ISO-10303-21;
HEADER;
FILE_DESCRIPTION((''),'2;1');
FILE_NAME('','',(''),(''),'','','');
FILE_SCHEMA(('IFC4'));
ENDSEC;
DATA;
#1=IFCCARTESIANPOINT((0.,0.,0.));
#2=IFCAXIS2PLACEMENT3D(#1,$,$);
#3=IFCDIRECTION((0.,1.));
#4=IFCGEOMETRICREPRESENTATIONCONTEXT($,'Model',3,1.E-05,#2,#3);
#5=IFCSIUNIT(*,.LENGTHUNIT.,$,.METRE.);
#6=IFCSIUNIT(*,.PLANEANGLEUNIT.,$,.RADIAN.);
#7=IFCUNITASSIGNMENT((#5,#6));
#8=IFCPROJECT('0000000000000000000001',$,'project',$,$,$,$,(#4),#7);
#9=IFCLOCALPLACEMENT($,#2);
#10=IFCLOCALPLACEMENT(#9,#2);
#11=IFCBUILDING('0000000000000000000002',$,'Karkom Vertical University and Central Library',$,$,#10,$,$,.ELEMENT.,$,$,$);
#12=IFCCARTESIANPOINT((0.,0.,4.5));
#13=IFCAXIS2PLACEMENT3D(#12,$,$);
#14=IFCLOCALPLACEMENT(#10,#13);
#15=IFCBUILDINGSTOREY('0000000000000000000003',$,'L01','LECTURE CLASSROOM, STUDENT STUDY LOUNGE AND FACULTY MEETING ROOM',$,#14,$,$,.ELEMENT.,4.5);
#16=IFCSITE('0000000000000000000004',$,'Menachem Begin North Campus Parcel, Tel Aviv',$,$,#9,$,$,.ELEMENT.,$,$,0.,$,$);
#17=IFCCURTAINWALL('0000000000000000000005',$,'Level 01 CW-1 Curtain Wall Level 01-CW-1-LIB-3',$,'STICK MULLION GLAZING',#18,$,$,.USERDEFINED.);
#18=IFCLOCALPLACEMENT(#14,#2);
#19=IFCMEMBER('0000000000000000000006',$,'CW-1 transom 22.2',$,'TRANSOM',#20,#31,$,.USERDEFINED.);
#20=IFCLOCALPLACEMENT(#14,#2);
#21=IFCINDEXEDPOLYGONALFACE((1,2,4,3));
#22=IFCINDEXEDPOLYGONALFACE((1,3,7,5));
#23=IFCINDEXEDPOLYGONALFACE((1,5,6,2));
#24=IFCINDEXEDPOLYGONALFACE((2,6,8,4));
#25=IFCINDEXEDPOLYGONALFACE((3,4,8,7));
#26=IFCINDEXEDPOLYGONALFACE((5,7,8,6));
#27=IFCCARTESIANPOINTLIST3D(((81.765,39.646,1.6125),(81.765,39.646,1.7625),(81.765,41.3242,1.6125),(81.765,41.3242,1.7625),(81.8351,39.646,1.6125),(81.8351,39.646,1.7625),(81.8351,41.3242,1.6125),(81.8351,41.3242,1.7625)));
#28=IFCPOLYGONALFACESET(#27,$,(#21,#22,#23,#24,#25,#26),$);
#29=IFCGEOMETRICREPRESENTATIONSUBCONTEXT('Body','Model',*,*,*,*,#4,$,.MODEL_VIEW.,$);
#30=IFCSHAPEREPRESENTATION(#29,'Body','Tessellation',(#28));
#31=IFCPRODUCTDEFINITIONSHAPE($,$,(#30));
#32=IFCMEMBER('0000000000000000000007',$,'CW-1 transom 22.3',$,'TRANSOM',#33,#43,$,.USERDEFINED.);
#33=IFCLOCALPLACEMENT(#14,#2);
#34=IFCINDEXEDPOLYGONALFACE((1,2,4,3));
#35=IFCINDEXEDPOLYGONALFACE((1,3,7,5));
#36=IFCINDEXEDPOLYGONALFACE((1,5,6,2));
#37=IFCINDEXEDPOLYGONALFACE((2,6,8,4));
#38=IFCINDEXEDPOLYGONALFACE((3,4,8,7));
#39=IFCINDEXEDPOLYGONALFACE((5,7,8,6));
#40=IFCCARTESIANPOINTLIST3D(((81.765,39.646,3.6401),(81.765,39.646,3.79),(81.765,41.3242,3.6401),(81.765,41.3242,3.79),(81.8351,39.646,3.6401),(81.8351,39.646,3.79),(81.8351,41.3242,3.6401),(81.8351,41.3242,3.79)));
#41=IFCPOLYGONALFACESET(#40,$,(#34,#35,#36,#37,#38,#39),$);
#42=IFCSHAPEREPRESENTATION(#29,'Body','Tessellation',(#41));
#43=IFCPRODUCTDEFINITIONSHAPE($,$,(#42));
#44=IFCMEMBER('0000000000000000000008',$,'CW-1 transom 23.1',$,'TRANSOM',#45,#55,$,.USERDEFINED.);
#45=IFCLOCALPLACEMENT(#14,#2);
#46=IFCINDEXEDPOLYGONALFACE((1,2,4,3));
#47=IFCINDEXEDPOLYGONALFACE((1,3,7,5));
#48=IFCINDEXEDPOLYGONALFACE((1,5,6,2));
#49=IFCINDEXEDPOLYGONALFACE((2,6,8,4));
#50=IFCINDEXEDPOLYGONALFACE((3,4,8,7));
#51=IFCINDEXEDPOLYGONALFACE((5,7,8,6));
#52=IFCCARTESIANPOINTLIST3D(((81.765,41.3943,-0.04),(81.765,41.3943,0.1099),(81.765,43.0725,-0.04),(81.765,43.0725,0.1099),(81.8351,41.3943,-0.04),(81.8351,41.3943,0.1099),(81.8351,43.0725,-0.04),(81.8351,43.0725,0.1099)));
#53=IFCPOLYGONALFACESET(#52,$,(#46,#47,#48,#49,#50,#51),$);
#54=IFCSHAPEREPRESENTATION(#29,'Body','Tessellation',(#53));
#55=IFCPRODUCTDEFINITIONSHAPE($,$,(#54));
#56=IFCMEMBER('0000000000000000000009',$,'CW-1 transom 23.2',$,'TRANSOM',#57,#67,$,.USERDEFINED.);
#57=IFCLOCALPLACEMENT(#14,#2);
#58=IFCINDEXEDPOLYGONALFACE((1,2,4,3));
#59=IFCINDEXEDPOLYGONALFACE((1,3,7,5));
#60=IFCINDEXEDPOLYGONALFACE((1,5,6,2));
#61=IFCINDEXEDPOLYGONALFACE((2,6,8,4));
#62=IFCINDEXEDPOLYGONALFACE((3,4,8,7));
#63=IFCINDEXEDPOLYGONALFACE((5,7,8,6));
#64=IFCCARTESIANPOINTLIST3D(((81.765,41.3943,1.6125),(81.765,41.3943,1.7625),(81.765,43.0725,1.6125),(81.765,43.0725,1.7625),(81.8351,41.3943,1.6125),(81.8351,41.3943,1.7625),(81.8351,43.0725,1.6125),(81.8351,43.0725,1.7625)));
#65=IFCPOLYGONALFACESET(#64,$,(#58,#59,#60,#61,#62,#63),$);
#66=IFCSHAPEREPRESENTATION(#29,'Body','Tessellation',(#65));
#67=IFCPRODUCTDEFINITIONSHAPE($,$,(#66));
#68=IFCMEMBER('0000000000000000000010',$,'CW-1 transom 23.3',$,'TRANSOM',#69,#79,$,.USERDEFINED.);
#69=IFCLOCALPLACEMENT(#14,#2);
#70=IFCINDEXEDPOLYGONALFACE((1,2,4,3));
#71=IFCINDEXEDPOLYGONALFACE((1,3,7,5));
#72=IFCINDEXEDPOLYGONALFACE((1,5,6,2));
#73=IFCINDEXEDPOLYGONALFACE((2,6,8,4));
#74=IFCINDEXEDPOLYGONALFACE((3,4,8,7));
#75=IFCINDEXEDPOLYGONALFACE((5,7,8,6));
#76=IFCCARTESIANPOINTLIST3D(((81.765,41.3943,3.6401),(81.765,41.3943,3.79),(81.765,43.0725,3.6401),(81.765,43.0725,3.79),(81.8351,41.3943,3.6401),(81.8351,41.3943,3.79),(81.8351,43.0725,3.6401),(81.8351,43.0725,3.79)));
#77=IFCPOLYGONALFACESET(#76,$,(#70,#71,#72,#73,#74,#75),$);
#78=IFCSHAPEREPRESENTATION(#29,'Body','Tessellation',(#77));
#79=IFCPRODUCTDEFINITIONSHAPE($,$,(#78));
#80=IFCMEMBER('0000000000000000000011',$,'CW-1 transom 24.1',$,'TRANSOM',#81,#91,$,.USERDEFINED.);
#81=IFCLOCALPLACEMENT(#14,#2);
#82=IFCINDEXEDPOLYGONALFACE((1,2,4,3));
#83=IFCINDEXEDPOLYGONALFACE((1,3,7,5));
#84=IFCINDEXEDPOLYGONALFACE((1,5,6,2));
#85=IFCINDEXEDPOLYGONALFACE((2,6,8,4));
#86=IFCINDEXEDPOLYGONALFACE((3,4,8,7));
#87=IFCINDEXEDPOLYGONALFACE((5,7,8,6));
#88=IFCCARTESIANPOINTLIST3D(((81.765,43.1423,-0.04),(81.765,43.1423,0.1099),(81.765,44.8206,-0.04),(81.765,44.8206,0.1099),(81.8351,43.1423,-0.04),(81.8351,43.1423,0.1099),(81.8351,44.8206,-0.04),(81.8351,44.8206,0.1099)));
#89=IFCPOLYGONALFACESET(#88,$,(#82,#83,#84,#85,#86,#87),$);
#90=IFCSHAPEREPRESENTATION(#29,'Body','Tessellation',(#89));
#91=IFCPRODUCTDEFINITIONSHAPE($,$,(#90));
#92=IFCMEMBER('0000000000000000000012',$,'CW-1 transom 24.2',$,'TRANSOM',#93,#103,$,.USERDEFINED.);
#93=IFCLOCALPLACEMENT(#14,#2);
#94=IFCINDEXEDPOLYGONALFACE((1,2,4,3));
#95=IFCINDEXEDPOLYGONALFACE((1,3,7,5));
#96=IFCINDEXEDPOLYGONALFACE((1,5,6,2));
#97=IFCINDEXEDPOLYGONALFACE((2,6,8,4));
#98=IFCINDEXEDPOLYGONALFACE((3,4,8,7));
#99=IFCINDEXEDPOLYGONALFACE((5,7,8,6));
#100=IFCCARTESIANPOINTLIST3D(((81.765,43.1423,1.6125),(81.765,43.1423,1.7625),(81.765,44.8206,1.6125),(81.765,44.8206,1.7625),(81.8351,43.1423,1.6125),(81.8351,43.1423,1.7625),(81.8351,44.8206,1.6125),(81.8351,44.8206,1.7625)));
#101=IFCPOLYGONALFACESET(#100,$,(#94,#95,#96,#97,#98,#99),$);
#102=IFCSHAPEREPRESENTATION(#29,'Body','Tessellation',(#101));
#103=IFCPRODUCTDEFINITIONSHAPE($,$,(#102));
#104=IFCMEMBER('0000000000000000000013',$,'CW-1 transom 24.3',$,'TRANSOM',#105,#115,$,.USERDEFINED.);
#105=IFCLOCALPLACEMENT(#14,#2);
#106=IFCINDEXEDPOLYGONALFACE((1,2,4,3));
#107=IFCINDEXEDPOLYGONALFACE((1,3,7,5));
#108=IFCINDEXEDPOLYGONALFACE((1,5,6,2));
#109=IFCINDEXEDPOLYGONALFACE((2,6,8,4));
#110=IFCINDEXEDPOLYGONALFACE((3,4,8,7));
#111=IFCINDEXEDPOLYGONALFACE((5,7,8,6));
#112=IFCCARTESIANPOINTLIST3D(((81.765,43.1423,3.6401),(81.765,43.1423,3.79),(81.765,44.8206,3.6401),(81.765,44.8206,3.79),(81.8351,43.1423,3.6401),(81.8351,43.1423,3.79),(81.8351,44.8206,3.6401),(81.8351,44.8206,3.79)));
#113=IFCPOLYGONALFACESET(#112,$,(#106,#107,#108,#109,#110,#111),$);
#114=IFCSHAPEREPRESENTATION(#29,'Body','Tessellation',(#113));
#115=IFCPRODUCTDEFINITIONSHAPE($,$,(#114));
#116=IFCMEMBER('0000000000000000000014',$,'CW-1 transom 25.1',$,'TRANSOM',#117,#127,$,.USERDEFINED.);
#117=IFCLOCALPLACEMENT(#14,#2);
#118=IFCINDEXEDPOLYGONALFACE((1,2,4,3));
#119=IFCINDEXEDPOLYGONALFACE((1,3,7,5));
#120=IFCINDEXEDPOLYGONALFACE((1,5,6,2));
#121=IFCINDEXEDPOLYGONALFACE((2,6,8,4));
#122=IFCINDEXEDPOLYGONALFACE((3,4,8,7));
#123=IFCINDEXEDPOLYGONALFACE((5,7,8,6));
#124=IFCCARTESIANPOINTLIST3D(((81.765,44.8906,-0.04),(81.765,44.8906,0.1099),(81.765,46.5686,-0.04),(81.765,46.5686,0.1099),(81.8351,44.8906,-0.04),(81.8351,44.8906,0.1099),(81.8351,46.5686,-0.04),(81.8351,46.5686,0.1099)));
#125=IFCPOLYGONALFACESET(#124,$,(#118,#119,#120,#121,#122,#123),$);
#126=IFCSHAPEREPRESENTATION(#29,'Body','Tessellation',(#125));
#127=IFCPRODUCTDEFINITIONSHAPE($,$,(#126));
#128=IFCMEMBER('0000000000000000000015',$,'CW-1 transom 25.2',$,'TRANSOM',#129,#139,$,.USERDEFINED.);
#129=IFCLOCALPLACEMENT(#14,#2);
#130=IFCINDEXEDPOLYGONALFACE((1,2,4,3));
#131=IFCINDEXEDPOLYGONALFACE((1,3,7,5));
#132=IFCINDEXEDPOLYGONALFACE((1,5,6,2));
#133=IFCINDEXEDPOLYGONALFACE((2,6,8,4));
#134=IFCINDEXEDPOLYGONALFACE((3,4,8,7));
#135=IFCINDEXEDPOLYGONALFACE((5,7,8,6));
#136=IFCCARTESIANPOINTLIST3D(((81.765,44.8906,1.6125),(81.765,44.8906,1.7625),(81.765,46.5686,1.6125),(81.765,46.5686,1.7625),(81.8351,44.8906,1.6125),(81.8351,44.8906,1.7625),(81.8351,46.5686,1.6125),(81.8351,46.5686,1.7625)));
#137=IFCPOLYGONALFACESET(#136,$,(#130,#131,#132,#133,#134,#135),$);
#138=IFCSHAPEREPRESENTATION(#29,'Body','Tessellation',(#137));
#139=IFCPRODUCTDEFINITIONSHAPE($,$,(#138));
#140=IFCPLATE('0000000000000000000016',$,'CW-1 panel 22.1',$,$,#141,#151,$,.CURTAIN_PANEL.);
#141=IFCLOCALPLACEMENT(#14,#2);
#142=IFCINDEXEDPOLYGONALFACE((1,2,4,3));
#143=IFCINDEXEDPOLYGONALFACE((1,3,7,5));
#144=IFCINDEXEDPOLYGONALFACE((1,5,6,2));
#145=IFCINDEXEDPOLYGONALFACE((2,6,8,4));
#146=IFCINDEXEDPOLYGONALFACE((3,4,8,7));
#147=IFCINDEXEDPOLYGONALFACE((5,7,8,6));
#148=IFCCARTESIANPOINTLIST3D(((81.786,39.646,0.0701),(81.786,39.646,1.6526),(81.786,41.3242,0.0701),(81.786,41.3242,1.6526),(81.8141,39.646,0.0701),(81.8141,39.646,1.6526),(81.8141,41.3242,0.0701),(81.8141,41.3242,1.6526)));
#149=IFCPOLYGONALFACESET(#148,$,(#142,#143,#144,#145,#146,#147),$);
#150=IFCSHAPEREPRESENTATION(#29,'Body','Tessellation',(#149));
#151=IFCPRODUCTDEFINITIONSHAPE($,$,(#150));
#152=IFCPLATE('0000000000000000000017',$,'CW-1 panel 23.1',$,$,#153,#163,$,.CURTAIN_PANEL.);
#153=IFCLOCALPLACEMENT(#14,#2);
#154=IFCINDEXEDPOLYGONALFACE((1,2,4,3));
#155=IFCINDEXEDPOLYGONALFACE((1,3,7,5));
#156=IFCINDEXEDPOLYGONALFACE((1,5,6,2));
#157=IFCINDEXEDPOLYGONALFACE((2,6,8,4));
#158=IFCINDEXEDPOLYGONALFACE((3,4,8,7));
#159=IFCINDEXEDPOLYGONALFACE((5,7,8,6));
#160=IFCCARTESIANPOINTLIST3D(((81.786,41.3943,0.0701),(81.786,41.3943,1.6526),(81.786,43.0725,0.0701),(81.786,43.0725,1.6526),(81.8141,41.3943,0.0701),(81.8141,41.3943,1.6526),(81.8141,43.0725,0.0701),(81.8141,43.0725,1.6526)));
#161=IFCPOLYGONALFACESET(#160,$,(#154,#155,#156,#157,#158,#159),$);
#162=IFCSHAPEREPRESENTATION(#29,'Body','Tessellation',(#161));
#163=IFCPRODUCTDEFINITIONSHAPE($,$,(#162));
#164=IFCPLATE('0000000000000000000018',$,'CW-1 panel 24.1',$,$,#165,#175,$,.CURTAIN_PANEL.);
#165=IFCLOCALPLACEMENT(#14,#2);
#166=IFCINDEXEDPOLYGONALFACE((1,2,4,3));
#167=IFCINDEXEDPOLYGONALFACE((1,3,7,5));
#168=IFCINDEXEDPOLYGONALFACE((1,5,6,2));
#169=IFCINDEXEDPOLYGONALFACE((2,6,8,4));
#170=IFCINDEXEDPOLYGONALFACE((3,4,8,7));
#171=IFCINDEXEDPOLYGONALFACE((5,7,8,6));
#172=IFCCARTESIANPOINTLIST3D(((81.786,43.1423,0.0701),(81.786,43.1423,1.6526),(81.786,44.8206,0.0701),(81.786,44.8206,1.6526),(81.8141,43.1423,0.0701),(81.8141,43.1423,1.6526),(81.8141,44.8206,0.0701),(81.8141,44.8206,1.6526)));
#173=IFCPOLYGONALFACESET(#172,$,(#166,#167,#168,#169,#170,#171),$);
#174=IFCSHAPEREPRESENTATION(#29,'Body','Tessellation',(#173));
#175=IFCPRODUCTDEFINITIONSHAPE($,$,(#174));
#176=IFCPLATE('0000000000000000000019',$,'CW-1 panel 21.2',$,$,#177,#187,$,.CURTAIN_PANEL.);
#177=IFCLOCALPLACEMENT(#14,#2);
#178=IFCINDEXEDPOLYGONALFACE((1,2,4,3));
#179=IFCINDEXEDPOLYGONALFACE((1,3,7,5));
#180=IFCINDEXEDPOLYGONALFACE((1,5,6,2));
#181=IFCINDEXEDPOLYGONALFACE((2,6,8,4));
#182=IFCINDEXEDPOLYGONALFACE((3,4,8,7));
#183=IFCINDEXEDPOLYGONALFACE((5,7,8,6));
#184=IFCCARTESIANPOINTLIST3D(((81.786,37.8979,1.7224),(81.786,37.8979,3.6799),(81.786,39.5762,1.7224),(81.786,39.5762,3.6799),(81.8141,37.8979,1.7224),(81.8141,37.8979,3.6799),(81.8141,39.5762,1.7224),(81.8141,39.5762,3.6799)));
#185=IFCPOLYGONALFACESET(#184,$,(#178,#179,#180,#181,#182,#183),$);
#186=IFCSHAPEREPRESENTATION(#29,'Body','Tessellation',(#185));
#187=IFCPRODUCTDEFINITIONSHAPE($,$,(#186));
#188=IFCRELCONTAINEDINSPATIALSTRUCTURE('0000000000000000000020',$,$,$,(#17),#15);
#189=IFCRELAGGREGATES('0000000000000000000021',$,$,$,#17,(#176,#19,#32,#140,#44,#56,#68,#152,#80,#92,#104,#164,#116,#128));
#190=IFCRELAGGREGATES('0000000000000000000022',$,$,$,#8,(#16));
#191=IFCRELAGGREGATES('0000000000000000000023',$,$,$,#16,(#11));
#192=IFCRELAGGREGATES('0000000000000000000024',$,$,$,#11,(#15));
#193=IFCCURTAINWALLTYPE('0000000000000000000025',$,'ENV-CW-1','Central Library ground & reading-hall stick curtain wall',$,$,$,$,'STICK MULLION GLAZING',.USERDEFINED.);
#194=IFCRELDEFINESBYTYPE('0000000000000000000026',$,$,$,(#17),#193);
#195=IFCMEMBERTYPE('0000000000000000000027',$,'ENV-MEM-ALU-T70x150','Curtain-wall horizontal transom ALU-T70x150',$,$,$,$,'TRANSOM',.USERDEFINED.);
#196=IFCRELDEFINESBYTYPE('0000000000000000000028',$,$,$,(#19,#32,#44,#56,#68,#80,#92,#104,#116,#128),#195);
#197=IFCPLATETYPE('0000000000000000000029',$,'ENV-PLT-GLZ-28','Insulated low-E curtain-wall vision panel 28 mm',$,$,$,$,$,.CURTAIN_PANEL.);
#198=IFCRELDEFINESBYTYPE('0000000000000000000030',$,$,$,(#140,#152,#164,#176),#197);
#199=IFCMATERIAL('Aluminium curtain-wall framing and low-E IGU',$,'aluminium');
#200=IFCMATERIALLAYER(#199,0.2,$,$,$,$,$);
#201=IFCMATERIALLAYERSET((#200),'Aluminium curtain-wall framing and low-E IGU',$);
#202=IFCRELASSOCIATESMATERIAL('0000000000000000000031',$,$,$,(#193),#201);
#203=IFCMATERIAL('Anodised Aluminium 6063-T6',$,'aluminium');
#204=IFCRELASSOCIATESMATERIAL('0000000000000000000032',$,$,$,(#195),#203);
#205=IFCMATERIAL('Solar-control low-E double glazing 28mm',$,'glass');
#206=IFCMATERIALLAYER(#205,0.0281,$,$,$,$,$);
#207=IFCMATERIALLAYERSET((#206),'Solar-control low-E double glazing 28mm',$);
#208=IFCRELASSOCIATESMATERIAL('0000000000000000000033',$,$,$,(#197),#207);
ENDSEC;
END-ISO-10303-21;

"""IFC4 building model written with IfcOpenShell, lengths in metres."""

from ifc_helpers import new_model, si_unit, direction, frame, origin, origin_with_axes, origin_2d, place, context, subcontext, project, spatial, rectangle, extrude, source, transform, mapped, material, layer, layer_set, material_profile, profile_set, type_object, element, aggregate, save


model = new_model("IFC4")

# Units and contexts
model_context = context("Model", 3, precision=1e-05, world=origin(), true_north=direction((0.0, 1.0)))
body_context = subcontext(model_context, "Body", "Model", "MODEL_VIEW")
ifc_project = project(units=[si_unit("LENGTHUNIT", "METRE"), si_unit("PLANEANGLEUNIT", "RADIAN")], contexts=[model_context])

# Site, building, storey
site_placement = place(None, origin())
site = spatial("IfcSite", under=ifc_project, at=site_placement, Name="Menachem Begin North Campus Parcel, Tel Aviv", CompositionType="ELEMENT", RefElevation=0.0)
building_placement = place(site_placement, origin())
building = spatial("IfcBuilding", under=site, at=building_placement, Name="Karkom Vertical University and Central Library", CompositionType="ELEMENT")
storey_placement = place(building_placement, frame((0.0, 0.0, 4.5)))
storey = spatial("IfcBuildingStorey", under=building, at=storey_placement, Name="L01", Description="LECTURE CLASSROOM, STUDENT STUDY LOUNGE AND FACULTY MEETING ROOM", CompositionType="ELEMENT", Elevation=4.5)

# Curtain wall, members, plates
ifc_material_1 = material(Name="Aluminium curtain-wall framing and low-E IGU", Category="aluminium")
ifc_layer_1 = layer(ifc_material_1, 0.2)
ifc_layer_set_1 = layer_set([ifc_layer_1], Name="Aluminium curtain-wall framing and low-E IGU")
curtain_wall_type = type_object("IfcCurtainWallType", Name="ENV-CW-1", Description="Central Library ground & reading-hall stick curtain wall", ElementType="STICK MULLION GLAZING", PredefinedType="USERDEFINED", material=ifc_layer_set_1)
curtain_wall_placement = place(storey_placement, origin())
curtain_wall = element("IfcCurtainWall", 1, at=curtain_wall_placement, inside=storey, type_object=curtain_wall_type, Name="Level 01 CW-1 Curtain Wall Level 01-CW-1-LIB-3", ObjectType="STICK MULLION GLAZING", PredefinedType="USERDEFINED")
ifc_material_2 = material(Name="Anodised Aluminium 6063-T6", Category="aluminium")
ifc_material_profile_1 = material_profile(ifc_material_2, rectangle(XDim=0.0701, YDim=0.1499, at=origin_2d()), Name="ALU-T70x150")
ifc_profile_set_1 = profile_set([ifc_material_profile_1], Name="Anodised Aluminium 6063-T6")
member_type_1 = type_object("IfcMemberType", Name="ENV-MEM-ALU-T70x150", Description="Curtain-wall horizontal transom ALU-T70x150", ElementType="TRANSOM", PredefinedType="USERDEFINED", material=ifc_profile_set_1)
shared_shape_1 = source(origin_with_axes(), body_context, "Body", "SweptSolid", [
    extrude(rectangle(XDim=0.0701, YDim=0.1499, at=origin_2d()), origin(), (0.0, 0.0, 1.0), 1.6782),
])
member_1_placement = place(storey_placement, frame((81.8, 39.646, 1.6875), z_axis=(0.0, 1.0, 0.0), x_axis=(-1.0, 0.0, 0.0)))
member_1 = element("IfcMember", 2, at=member_1_placement, type_object=member_type_1, Name="CW-1 transom 22.2", ObjectType="TRANSOM", PredefinedType="USERDEFINED", context=body_context, shape_type="MappedRepresentation", body=[
    mapped(shared_shape_1, transform((0.0, 0.0, 0.0), scale=1.0)),
])
member_2_placement = place(storey_placement, frame((81.8, 39.646, 3.7151), z_axis=(0.0, 1.0, 0.0), x_axis=(-1.0, 0.0, 0.0)))
member_2 = element("IfcMember", 3, at=member_2_placement, type_object=member_type_1, Name="CW-1 transom 22.3", ObjectType="TRANSOM", PredefinedType="USERDEFINED", context=body_context, shape_type="MappedRepresentation", body=[
    mapped(shared_shape_1, transform((0.0, 0.0, 0.0), scale=1.0)),
])
member_3_placement = place(storey_placement, frame((81.8, 41.3943, 0.0349), z_axis=(0.0, 1.0, 0.0), x_axis=(-1.0, 0.0, 0.0)))
member_3 = element("IfcMember", 4, at=member_3_placement, type_object=member_type_1, Name="CW-1 transom 23.1", ObjectType="TRANSOM", PredefinedType="USERDEFINED", context=body_context, shape_type="MappedRepresentation", body=[
    mapped(shared_shape_1, transform((0.0, 0.0, 0.0), scale=1.0)),
])
member_4_placement = place(storey_placement, frame((81.8, 41.3943, 1.6875), z_axis=(0.0, 1.0, 0.0), x_axis=(-1.0, 0.0, 0.0)))
member_4 = element("IfcMember", 5, at=member_4_placement, type_object=member_type_1, Name="CW-1 transom 23.2", ObjectType="TRANSOM", PredefinedType="USERDEFINED", context=body_context, shape_type="MappedRepresentation", body=[
    mapped(shared_shape_1, transform((0.0, 0.0, 0.0), scale=1.0)),
])
member_5_placement = place(storey_placement, frame((81.8, 41.3943, 3.7151), z_axis=(0.0, 1.0, 0.0), x_axis=(-1.0, 0.0, 0.0)))
member_5 = element("IfcMember", 6, at=member_5_placement, type_object=member_type_1, Name="CW-1 transom 23.3", ObjectType="TRANSOM", PredefinedType="USERDEFINED", context=body_context, shape_type="MappedRepresentation", body=[
    mapped(shared_shape_1, transform((0.0, 0.0, 0.0), scale=1.0)),
])
member_6_placement = place(storey_placement, frame((81.8, 43.1423, 0.0349), z_axis=(0.0, 1.0, 0.0), x_axis=(-1.0, 0.0, 0.0)))
member_6 = element("IfcMember", 7, at=member_6_placement, type_object=member_type_1, Name="CW-1 transom 24.1", ObjectType="TRANSOM", PredefinedType="USERDEFINED", context=body_context, shape_type="MappedRepresentation", body=[
    mapped(shared_shape_1, transform((0.0, 0.0, 0.0), scale=1.0)),
])
member_7_placement = place(storey_placement, frame((81.8, 43.1423, 1.6875), z_axis=(0.0, 1.0, 0.0), x_axis=(-1.0, 0.0, 0.0)))
member_7 = element("IfcMember", 8, at=member_7_placement, type_object=member_type_1, Name="CW-1 transom 24.2", ObjectType="TRANSOM", PredefinedType="USERDEFINED", context=body_context, shape_type="MappedRepresentation", body=[
    mapped(shared_shape_1, transform((0.0, 0.0, 0.0), scale=1.0)),
])
member_8_placement = place(storey_placement, frame((81.8, 43.1423, 3.7151), z_axis=(0.0, 1.0, 0.0), x_axis=(-1.0, 0.0, 0.0)))
member_8 = element("IfcMember", 9, at=member_8_placement, type_object=member_type_1, Name="CW-1 transom 24.3", ObjectType="TRANSOM", PredefinedType="USERDEFINED", context=body_context, shape_type="MappedRepresentation", body=[
    mapped(shared_shape_1, transform((0.0, 0.0, 0.0), scale=1.0)),
])
shared_shape_2 = source(origin_with_axes(), body_context, "Body", "SweptSolid", [
    extrude(rectangle(XDim=0.0701, YDim=0.1499, at=origin_2d()), origin(), (0.0, 0.0, 1.0), 1.678),
])
member_9_placement = place(storey_placement, frame((81.8, 44.8906, 0.0349), z_axis=(0.0, 1.0, 0.0), x_axis=(-1.0, 0.0, 0.0)))
member_9 = element("IfcMember", 10, at=member_9_placement, type_object=member_type_1, Name="CW-1 transom 25.1", ObjectType="TRANSOM", PredefinedType="USERDEFINED", context=body_context, shape_type="MappedRepresentation", body=[
    mapped(shared_shape_2, transform((0.0, 0.0, 0.0), scale=1.0)),
])
member_10_placement = place(storey_placement, frame((81.8, 44.8906, 1.6875), z_axis=(0.0, 1.0, 0.0), x_axis=(-1.0, 0.0, 0.0)))
member_10 = element("IfcMember", 11, at=member_10_placement, type_object=member_type_1, Name="CW-1 transom 25.2", ObjectType="TRANSOM", PredefinedType="USERDEFINED", context=body_context, shape_type="MappedRepresentation", body=[
    mapped(shared_shape_2, transform((0.0, 0.0, 0.0), scale=1.0)),
])
ifc_material_3 = material(Name="Solar-control low-E double glazing 28mm", Category="glass")
ifc_layer_2 = layer(ifc_material_3, 0.0281)
ifc_layer_set_2 = layer_set([ifc_layer_2], Name="Solar-control low-E double glazing 28mm")
plate_type = type_object("IfcPlateType", Name="ENV-PLT-GLZ-28", Description="Insulated low-E curtain-wall vision panel 28 mm", PredefinedType="CURTAIN_PANEL", material=ifc_layer_set_2)
shared_shape_3 = source(origin_with_axes(), body_context, "Body", "SweptSolid", [
    extrude(rectangle(XDim=1.6782, YDim=0.0281, at=origin_2d()), origin(), (0.0, 0.0, 1.0), 1.5825),
])
plate_1_placement = place(storey_placement, frame((81.8, 40.4851, 0.0701), z_axis=(0.0, 0.0, 1.0), x_axis=(0.0, 1.0, 0.0)))
plate_1 = element("IfcPlate", 12, at=plate_1_placement, type_object=plate_type, Name="CW-1 panel 22.1", PredefinedType="CURTAIN_PANEL", context=body_context, shape_type="MappedRepresentation", body=[
    mapped(shared_shape_3, transform((0.0, 0.0, 0.0), scale=1.0)),
])
plate_2_placement = place(storey_placement, frame((81.8, 42.2334, 0.0701), z_axis=(0.0, 0.0, 1.0), x_axis=(0.0, 1.0, 0.0)))
plate_2 = element("IfcPlate", 13, at=plate_2_placement, type_object=plate_type, Name="CW-1 panel 23.1", PredefinedType="CURTAIN_PANEL", context=body_context, shape_type="MappedRepresentation", body=[
    mapped(shared_shape_3, transform((0.0, 0.0, 0.0), scale=1.0)),
])
plate_3_placement = place(storey_placement, frame((81.8, 43.9814, 0.0701), z_axis=(0.0, 0.0, 1.0), x_axis=(0.0, 1.0, 0.0)))
plate_3 = element("IfcPlate", 14, at=plate_3_placement, type_object=plate_type, Name="CW-1 panel 24.1", PredefinedType="CURTAIN_PANEL", context=body_context, shape_type="MappedRepresentation", body=[
    mapped(shared_shape_3, transform((0.0, 0.0, 0.0), scale=1.0)),
])
shared_shape_4 = source(origin_with_axes(), body_context, "Body", "SweptSolid", [
    extrude(rectangle(XDim=1.6782, YDim=0.0281, at=origin_2d()), origin(), (0.0, 0.0, 1.0), 1.9575),
])
plate_4_placement = place(storey_placement, frame((81.8, 38.7371, 1.7224), z_axis=(0.0, 0.0, 1.0), x_axis=(0.0, 1.0, 0.0)))
plate_4 = element("IfcPlate", 15, at=plate_4_placement, type_object=plate_type, Name="CW-1 panel 21.2", PredefinedType="CURTAIN_PANEL", context=body_context, shape_type="MappedRepresentation", body=[
    mapped(shared_shape_4, transform((0.0, 0.0, 0.0), scale=1.0)),
])
aggregate(curtain_wall, [plate_4, member_1, member_2, plate_1, member_3, member_4, member_5, plate_2, member_6, member_7, member_8, plate_3, member_9, member_10])

save(model, "model.ifc")
